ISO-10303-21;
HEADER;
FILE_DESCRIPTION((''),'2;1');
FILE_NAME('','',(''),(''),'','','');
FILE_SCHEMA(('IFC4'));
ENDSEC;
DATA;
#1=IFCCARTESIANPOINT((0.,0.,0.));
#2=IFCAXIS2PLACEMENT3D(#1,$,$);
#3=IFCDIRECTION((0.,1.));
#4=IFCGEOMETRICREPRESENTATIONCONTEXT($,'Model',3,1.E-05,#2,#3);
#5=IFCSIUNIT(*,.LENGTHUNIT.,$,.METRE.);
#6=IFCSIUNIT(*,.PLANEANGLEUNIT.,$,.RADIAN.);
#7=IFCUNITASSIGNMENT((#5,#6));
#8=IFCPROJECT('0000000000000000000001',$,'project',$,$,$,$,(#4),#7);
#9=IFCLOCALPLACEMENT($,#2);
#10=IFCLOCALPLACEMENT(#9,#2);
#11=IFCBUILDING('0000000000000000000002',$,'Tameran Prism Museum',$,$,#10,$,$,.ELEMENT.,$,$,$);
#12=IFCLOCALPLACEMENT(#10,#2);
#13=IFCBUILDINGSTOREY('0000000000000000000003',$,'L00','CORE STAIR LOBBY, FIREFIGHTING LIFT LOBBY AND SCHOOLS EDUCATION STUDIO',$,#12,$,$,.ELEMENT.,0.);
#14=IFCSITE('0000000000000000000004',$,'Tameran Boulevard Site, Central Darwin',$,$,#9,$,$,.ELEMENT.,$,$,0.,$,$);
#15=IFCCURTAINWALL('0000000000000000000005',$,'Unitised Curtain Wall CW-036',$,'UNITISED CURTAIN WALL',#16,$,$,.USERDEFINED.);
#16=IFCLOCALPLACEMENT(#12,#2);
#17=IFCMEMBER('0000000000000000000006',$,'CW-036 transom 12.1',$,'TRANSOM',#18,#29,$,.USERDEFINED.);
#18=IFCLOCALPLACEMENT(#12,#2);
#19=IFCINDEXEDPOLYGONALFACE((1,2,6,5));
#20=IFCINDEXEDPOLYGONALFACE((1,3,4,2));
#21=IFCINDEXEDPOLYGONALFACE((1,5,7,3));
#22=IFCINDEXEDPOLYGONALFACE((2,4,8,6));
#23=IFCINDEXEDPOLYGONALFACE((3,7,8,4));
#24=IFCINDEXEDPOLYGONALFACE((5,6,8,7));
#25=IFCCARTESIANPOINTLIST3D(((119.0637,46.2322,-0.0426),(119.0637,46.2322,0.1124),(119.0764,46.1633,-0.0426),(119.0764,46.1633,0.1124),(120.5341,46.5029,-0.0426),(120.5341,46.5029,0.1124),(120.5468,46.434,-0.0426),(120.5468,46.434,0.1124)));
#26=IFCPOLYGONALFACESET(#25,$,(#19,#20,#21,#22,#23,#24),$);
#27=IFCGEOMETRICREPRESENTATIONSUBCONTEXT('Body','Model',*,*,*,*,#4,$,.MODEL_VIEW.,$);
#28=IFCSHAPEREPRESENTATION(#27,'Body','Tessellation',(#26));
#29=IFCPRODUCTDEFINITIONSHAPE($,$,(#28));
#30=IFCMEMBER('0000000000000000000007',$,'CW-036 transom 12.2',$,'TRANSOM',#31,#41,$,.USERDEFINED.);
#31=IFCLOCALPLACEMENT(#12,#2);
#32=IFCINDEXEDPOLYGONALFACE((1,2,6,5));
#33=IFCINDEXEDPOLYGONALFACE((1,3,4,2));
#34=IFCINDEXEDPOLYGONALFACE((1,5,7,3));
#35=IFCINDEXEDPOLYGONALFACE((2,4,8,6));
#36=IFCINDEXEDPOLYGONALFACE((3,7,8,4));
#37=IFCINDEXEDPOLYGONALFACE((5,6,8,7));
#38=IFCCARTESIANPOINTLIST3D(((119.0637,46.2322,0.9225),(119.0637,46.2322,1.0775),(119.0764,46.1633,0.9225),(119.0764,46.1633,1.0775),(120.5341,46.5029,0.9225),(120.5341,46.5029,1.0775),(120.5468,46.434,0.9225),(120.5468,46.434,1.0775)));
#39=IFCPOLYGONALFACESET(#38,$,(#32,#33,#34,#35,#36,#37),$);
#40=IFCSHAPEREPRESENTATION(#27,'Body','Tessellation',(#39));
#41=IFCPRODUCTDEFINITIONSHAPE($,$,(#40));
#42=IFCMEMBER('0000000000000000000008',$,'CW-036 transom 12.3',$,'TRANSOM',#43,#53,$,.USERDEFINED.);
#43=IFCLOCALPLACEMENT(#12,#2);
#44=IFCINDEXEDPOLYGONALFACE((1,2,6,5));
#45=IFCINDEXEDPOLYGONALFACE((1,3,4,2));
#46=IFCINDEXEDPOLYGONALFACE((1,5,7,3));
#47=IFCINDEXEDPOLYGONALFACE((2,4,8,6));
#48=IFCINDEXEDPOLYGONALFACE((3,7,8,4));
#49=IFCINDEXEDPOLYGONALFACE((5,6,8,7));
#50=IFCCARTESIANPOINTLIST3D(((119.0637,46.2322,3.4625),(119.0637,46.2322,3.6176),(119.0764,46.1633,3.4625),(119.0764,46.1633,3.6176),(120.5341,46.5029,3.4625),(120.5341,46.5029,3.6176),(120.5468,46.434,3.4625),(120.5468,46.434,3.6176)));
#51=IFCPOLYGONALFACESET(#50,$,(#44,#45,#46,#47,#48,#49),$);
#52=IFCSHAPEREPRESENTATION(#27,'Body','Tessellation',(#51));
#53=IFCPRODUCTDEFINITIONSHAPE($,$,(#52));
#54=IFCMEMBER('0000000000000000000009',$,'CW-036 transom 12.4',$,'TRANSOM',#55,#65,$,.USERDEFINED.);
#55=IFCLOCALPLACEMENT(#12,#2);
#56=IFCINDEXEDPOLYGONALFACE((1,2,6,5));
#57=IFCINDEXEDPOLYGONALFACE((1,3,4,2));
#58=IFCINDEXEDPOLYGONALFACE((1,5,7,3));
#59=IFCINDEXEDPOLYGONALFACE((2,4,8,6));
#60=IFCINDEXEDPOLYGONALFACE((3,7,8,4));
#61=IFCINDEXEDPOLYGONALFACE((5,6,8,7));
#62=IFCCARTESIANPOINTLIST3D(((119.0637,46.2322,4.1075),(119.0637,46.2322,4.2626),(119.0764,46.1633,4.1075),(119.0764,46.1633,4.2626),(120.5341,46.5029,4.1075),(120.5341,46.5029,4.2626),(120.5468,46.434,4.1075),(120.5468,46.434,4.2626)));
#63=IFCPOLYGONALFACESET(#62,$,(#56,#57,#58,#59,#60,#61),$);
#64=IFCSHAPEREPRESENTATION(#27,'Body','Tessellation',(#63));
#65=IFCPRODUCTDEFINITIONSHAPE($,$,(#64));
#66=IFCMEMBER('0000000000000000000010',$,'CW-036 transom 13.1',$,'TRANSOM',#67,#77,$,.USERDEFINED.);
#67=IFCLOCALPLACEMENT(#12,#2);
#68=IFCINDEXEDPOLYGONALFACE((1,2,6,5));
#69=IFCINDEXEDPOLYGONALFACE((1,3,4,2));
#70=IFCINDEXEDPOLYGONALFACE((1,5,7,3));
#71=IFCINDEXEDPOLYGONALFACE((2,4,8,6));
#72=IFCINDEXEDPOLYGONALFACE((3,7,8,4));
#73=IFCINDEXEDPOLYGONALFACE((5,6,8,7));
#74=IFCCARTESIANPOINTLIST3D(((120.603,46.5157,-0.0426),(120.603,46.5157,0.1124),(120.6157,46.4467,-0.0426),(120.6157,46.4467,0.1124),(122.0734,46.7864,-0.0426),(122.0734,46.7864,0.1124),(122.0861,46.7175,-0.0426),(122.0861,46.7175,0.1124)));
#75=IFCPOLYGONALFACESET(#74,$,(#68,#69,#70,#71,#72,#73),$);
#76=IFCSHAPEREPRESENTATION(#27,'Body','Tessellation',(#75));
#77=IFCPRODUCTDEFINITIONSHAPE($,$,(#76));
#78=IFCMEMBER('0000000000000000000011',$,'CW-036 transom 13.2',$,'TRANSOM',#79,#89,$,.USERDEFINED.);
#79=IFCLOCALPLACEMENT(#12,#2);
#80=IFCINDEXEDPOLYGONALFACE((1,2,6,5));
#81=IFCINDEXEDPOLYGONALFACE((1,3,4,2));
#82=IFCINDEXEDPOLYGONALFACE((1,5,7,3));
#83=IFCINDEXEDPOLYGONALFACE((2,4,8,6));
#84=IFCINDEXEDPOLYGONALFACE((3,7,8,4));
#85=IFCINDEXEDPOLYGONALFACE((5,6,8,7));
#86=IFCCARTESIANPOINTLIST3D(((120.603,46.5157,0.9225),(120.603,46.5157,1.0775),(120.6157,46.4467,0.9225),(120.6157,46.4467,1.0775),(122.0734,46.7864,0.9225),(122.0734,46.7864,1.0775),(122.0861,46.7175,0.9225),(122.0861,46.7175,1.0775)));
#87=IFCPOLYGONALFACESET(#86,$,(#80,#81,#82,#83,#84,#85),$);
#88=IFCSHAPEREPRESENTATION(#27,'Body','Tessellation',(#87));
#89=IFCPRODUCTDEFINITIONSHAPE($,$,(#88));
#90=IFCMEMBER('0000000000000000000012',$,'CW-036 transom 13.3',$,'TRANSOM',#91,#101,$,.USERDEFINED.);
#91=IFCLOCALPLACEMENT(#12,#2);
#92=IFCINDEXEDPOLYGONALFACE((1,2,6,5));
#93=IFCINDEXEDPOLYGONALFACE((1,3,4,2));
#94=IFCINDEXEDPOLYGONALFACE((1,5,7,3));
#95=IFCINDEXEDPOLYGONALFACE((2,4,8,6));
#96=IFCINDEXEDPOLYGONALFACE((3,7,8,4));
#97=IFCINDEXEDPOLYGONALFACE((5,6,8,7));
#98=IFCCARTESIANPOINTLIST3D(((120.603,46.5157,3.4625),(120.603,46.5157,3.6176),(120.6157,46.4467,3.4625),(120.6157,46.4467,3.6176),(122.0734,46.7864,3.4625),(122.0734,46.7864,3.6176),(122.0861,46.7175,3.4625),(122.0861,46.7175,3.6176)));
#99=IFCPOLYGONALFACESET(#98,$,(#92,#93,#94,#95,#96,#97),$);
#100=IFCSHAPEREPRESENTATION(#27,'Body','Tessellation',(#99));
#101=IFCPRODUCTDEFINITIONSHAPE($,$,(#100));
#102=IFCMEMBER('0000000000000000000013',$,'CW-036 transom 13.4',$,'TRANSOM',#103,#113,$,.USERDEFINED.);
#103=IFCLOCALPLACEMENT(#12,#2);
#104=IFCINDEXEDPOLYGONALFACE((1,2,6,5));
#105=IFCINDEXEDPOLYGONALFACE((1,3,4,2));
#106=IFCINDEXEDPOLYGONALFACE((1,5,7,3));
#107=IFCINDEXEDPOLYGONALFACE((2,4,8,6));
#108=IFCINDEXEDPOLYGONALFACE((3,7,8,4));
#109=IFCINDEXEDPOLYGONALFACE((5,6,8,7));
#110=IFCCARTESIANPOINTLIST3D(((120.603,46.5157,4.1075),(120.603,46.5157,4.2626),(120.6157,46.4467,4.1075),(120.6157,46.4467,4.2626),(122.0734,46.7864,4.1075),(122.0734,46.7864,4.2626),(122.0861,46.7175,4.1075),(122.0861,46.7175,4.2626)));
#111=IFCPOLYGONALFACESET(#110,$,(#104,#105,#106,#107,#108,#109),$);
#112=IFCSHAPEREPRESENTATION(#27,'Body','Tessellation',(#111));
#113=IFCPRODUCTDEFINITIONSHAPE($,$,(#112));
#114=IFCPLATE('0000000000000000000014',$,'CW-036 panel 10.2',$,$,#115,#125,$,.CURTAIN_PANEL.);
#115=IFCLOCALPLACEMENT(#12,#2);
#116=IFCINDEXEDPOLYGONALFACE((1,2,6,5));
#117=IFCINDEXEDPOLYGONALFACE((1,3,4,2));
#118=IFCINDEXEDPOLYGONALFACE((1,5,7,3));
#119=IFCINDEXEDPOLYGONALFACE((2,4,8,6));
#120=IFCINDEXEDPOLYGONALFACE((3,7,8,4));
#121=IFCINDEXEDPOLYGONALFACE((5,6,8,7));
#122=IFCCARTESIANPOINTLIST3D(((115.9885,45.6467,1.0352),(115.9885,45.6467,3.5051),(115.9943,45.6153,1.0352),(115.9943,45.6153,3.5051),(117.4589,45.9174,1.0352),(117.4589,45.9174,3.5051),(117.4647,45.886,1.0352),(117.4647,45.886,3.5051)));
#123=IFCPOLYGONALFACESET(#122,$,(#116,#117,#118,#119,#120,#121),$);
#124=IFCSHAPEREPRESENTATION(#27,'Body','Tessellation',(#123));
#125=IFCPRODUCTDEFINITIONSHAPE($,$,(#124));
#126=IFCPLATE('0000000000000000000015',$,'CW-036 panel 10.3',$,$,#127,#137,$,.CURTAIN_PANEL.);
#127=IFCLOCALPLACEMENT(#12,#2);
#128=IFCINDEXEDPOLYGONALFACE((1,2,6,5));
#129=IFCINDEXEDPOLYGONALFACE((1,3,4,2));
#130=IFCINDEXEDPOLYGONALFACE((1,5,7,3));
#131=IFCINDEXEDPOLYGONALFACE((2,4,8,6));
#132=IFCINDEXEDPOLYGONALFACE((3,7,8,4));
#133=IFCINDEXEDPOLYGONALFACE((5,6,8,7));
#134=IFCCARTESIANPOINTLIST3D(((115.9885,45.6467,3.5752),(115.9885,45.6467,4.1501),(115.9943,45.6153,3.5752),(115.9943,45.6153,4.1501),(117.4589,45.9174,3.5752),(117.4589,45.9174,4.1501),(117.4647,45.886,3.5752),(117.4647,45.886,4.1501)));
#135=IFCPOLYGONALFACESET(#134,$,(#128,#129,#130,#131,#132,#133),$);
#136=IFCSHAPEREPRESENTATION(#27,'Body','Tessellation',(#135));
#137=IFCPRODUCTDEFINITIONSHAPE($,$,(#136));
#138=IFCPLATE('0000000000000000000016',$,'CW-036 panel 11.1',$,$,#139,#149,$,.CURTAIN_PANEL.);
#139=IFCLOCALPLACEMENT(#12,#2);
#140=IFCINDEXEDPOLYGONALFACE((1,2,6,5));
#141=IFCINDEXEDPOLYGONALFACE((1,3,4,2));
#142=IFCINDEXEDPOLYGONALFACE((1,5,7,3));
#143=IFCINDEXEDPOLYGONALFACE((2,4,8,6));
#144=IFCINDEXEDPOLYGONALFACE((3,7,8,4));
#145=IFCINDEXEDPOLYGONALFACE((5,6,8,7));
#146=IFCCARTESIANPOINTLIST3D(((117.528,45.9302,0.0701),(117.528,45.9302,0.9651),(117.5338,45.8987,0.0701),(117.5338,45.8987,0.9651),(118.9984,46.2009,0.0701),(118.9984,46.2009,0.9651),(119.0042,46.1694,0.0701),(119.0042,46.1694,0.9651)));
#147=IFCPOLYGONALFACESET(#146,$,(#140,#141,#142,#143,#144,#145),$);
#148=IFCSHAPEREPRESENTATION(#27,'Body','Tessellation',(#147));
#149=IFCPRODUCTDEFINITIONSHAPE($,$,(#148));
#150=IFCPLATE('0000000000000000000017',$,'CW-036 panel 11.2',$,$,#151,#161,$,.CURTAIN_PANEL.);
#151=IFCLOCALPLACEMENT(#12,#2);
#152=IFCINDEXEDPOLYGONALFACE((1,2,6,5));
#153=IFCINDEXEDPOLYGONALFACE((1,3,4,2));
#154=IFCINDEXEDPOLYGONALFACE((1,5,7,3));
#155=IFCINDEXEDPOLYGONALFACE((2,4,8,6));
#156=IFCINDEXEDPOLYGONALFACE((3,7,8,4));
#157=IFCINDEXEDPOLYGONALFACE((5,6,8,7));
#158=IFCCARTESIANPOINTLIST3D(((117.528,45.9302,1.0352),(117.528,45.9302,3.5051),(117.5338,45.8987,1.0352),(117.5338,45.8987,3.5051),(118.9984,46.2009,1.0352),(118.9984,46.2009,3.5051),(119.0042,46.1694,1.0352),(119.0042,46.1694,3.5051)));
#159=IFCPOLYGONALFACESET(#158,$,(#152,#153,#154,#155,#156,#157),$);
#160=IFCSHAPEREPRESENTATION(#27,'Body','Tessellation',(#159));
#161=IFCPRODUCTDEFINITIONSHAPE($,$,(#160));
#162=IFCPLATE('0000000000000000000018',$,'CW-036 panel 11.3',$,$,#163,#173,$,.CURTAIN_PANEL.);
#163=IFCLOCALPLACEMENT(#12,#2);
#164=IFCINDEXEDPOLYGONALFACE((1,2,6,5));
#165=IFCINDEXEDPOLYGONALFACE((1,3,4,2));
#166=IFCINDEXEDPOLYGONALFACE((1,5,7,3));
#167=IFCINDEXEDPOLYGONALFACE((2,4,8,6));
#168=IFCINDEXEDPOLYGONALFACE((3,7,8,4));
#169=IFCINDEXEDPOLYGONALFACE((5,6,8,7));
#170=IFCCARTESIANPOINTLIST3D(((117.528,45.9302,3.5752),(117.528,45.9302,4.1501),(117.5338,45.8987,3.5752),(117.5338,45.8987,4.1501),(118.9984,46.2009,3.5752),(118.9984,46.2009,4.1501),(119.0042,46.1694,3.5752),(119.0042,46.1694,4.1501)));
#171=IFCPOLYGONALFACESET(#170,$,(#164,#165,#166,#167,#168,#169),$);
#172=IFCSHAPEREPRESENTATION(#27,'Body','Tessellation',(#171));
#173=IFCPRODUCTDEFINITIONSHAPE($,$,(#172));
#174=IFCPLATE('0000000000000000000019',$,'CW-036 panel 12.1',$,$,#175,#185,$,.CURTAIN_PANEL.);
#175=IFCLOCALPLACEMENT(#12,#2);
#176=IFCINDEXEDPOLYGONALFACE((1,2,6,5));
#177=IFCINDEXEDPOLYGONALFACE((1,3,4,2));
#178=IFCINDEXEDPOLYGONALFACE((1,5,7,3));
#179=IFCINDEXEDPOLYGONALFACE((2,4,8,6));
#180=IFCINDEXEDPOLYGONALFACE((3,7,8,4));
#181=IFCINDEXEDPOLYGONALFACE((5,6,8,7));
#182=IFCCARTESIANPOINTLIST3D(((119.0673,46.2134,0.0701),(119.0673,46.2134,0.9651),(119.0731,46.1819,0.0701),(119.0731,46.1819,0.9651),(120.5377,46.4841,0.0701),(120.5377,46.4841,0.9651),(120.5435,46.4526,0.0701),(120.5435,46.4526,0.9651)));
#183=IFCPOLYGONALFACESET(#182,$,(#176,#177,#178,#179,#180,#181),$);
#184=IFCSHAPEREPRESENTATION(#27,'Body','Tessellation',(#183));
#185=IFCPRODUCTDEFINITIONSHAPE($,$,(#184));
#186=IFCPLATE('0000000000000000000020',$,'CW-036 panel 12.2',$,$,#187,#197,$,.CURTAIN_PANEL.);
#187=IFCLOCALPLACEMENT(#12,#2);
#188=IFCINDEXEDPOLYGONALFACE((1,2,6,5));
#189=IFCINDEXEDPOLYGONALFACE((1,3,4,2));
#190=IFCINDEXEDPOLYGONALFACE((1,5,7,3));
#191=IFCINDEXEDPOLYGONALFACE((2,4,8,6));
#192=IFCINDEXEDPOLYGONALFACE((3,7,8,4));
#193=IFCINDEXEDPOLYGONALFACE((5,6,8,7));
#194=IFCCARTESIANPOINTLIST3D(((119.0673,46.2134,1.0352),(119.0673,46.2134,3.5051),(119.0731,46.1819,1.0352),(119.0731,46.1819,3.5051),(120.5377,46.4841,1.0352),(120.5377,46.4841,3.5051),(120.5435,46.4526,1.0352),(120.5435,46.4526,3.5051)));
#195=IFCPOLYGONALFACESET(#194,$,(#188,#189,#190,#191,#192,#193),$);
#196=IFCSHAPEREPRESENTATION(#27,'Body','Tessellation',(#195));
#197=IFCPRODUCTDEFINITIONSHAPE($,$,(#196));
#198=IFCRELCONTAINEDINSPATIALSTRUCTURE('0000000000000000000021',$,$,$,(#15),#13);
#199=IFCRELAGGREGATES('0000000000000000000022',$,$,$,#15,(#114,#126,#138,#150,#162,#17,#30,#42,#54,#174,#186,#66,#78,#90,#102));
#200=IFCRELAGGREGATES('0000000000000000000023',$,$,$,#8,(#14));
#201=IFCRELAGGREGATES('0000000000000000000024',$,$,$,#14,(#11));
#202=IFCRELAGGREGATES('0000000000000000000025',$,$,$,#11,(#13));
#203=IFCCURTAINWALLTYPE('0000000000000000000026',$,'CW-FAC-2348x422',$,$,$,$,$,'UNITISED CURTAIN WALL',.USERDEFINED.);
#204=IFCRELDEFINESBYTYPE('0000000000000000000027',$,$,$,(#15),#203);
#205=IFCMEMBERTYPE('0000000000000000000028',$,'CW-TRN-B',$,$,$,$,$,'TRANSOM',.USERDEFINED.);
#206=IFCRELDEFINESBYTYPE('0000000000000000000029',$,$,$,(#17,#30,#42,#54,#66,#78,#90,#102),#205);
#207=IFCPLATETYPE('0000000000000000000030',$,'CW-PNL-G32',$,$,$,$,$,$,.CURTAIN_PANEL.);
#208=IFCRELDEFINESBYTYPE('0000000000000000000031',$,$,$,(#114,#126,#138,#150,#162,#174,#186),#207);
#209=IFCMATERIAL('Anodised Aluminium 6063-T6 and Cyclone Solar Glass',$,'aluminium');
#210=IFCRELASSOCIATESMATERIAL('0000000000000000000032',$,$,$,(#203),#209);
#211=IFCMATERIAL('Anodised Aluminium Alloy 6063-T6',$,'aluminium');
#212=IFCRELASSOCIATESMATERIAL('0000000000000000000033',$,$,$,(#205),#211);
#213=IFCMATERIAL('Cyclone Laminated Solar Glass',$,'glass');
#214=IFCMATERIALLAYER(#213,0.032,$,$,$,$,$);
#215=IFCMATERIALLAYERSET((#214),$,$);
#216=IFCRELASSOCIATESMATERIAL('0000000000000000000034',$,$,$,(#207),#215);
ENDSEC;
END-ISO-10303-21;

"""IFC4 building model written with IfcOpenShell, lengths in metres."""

from ifc_helpers import new_model, si_unit, direction, frame, origin, origin_2d, place, context, subcontext, project, spatial, rectangle, extrude, material, layer, layer_set, material_profile, profile_set, type_object, element, aggregate, save


model = new_model("IFC4")

# Units and contexts
model_context = context("Model", 3, precision=1e-05, world=origin(), true_north=direction((0.0, 1.0)))
body_context = subcontext(model_context, "Body", "Model", "MODEL_VIEW")
ifc_project = project(units=[si_unit("LENGTHUNIT", "METRE"), si_unit("PLANEANGLEUNIT", "RADIAN")], contexts=[model_context])

# Site, building, storey
site_placement = place(None, origin())
site = spatial("IfcSite", under=ifc_project, at=site_placement, Name="Tameran Boulevard Site, Central Darwin", CompositionType="ELEMENT", RefElevation=0.0)
building_placement = place(site_placement, origin())
building = spatial("IfcBuilding", under=site, at=building_placement, Name="Tameran Prism Museum", CompositionType="ELEMENT")
storey_placement = place(building_placement, origin())
storey = spatial("IfcBuildingStorey", under=building, at=storey_placement, Name="L00", Description="CORE STAIR LOBBY, FIREFIGHTING LIFT LOBBY AND SCHOOLS EDUCATION STUDIO", CompositionType="ELEMENT", Elevation=0.0)

# Curtain wall, members, plates
ifc_material_1 = material(Name="Anodised Aluminium 6063-T6 and Cyclone Solar Glass", Category="aluminium")
curtain_wall_type = type_object("IfcCurtainWallType", Name="CW-FAC-2348x422", ElementType="UNITISED CURTAIN WALL", PredefinedType="USERDEFINED", material=ifc_material_1)
curtain_wall_placement = place(storey_placement, origin())
curtain_wall = element("IfcCurtainWall", 1, at=curtain_wall_placement, inside=storey, type_object=curtain_wall_type, Name="Unitised Curtain Wall CW-036", ObjectType="UNITISED CURTAIN WALL", PredefinedType="USERDEFINED")
ifc_material_2 = material(Name="Anodised Aluminium Alloy 6063-T6", Category="aluminium")
ifc_material_profile_1 = material_profile(ifc_material_2, rectangle(XDim=0.0701, YDim=0.155, at=origin_2d()))
ifc_profile_set_1 = profile_set([ifc_material_profile_1])
member_type_1 = type_object("IfcMemberType", Name="CW-TRN-B", ElementType="TRANSOM", PredefinedType="USERDEFINED", material=ifc_profile_set_1)
member_1_placement = place(storey_placement, frame((119.0701, 46.1978, 0.0349), z_axis=(0.983468, 0.181083, 0.0), x_axis=(-0.181083, 0.983468, 0.0)))
member_1 = element("IfcMember", 2, at=member_1_placement, type_object=member_type_1, Name="CW-036 transom 12.1", ObjectType="TRANSOM", PredefinedType="USERDEFINED", context=body_context, shape_type="SweptSolid", body=[
    extrude(rectangle(XDim=0.0701, YDim=0.155, at=origin_2d()), origin(), (0.0, 0.0, 1.0), 1.4951),
])
member_2_placement = place(storey_placement, frame((119.0701, 46.1978, 1.0), z_axis=(0.983468, 0.181083, 0.0), x_axis=(-0.181083, 0.983468, 0.0)))
member_2 = element("IfcMember", 3, at=member_2_placement, type_object=member_type_1, Name="CW-036 transom 12.2", ObjectType="TRANSOM", PredefinedType="USERDEFINED", context=body_context, shape_type="SweptSolid", body=[
    extrude(rectangle(XDim=0.0701, YDim=0.155, at=origin_2d()), origin(), (0.0, 0.0, 1.0), 1.4951),
])
member_3_placement = place(storey_placement, frame((119.0701, 46.1978, 3.54), z_axis=(0.983468, 0.181083, 0.0), x_axis=(-0.181083, 0.983468, 0.0)))
member_3 = element("IfcMember", 4, at=member_3_placement, type_object=member_type_1, Name="CW-036 transom 12.3", ObjectType="TRANSOM", PredefinedType="USERDEFINED", context=body_context, shape_type="SweptSolid", body=[
    extrude(rectangle(XDim=0.0701, YDim=0.155, at=origin_2d()), origin(), (0.0, 0.0, 1.0), 1.4951),
])
member_4_placement = place(storey_placement, frame((119.0701, 46.1978, 4.1851), z_axis=(0.983468, 0.181083, 0.0), x_axis=(-0.181083, 0.983468, 0.0)))
member_4 = element("IfcMember", 5, at=member_4_placement, type_object=member_type_1, Name="CW-036 transom 12.4", ObjectType="TRANSOM", PredefinedType="USERDEFINED", context=body_context, shape_type="SweptSolid", body=[
    extrude(rectangle(XDim=0.0701, YDim=0.155, at=origin_2d()), origin(), (0.0, 0.0, 1.0), 1.4951),
])
member_5_placement = place(storey_placement, frame((120.6094, 46.4812, 0.0349), z_axis=(0.983468, 0.181083, 0.0), x_axis=(-0.181083, 0.983468, 0.0)))
member_5 = element("IfcMember", 6, at=member_5_placement, type_object=member_type_1, Name="CW-036 transom 13.1", ObjectType="TRANSOM", PredefinedType="USERDEFINED", context=body_context, shape_type="SweptSolid", body=[
    extrude(rectangle(XDim=0.0701, YDim=0.155, at=origin_2d()), origin(), (0.0, 0.0, 1.0), 1.4951),
])
member_6_placement = place(storey_placement, frame((120.6094, 46.4812, 1.0), z_axis=(0.983468, 0.181083, 0.0), x_axis=(-0.181083, 0.983468, 0.0)))
member_6 = element("IfcMember", 7, at=member_6_placement, type_object=member_type_1, Name="CW-036 transom 13.2", ObjectType="TRANSOM", PredefinedType="USERDEFINED", context=body_context, shape_type="SweptSolid", body=[
    extrude(rectangle(XDim=0.0701, YDim=0.155, at=origin_2d()), origin(), (0.0, 0.0, 1.0), 1.4951),
])
member_7_placement = place(storey_placement, frame((120.6094, 46.4812, 3.54), z_axis=(0.983468, 0.181083, 0.0), x_axis=(-0.181083, 0.983468, 0.0)))
member_7 = element("IfcMember", 8, at=member_7_placement, type_object=member_type_1, Name="CW-036 transom 13.3", ObjectType="TRANSOM", PredefinedType="USERDEFINED", context=body_context, shape_type="SweptSolid", body=[
    extrude(rectangle(XDim=0.0701, YDim=0.155, at=origin_2d()), origin(), (0.0, 0.0, 1.0), 1.4951),
])
member_8_placement = place(storey_placement, frame((120.6094, 46.4812, 4.1851), z_axis=(0.983468, 0.181083, 0.0), x_axis=(-0.181083, 0.983468, 0.0)))
member_8 = element("IfcMember", 9, at=member_8_placement, type_object=member_type_1, Name="CW-036 transom 13.4", ObjectType="TRANSOM", PredefinedType="USERDEFINED", context=body_context, shape_type="SweptSolid", body=[
    extrude(rectangle(XDim=0.0701, YDim=0.155, at=origin_2d()), origin(), (0.0, 0.0, 1.0), 1.4951),
])
ifc_material_3 = material(Name="Cyclone Laminated Solar Glass", Category="glass")
ifc_layer_1 = layer(ifc_material_3, 0.032)
ifc_layer_set_1 = layer_set([ifc_layer_1])
plate_type = type_object("IfcPlateType", Name="CW-PNL-G32", PredefinedType="CURTAIN_PANEL", material=ifc_layer_set_1)
plate_1_placement = place(storey_placement, frame((116.7266, 45.7664, 1.0352), z_axis=(0.0, 0.0, 1.0), x_axis=(0.983472, 0.181063, 0.0)))
plate_1 = element("IfcPlate", 10, at=plate_1_placement, type_object=plate_type, Name="CW-036 panel 10.2", PredefinedType="CURTAIN_PANEL", context=body_context, shape_type="SweptSolid", body=[
    extrude(rectangle(XDim=1.4951, YDim=0.032, at=origin_2d()), origin(), (0.0, 0.0, 1.0), 2.47),
])
plate_2_placement = place(storey_placement, frame((116.7266, 45.7664, 3.5752), z_axis=(0.0, 0.0, 1.0), x_axis=(0.983472, 0.181063, 0.0)))
plate_2 = element("IfcPlate", 11, at=plate_2_placement, type_object=plate_type, Name="CW-036 panel 10.3", PredefinedType="CURTAIN_PANEL", context=body_context, shape_type="SweptSolid", body=[
    extrude(rectangle(XDim=1.4951, YDim=0.032, at=origin_2d()), origin(), (0.0, 0.0, 1.0), 0.575),
])
plate_3_placement = place(storey_placement, frame((118.2661, 46.0498, 0.0701), z_axis=(0.0, 0.0, 1.0), x_axis=(0.983472, 0.181063, 0.0)))
plate_3 = element("IfcPlate", 12, at=plate_3_placement, type_object=plate_type, Name="CW-036 panel 11.1", PredefinedType="CURTAIN_PANEL", context=body_context, shape_type="SweptSolid", body=[
    extrude(rectangle(XDim=1.4951, YDim=0.032, at=origin_2d()), origin(), (0.0, 0.0, 1.0), 0.895),
])
plate_4_placement = place(storey_placement, frame((118.2661, 46.0498, 1.0352), z_axis=(0.0, 0.0, 1.0), x_axis=(0.983472, 0.181063, 0.0)))
plate_4 = element("IfcPlate", 13, at=plate_4_placement, type_object=plate_type, Name="CW-036 panel 11.2", PredefinedType="CURTAIN_PANEL", context=body_context, shape_type="SweptSolid", body=[
    extrude(rectangle(XDim=1.4951, YDim=0.032, at=origin_2d()), origin(), (0.0, 0.0, 1.0), 2.47),
])
plate_5_placement = place(storey_placement, frame((118.2661, 46.0498, 3.5752), z_axis=(0.0, 0.0, 1.0), x_axis=(0.983472, 0.181063, 0.0)))
plate_5 = element("IfcPlate", 14, at=plate_5_placement, type_object=plate_type, Name="CW-036 panel 11.3", PredefinedType="CURTAIN_PANEL", context=body_context, shape_type="SweptSolid", body=[
    extrude(rectangle(XDim=1.4951, YDim=0.032, at=origin_2d()), origin(), (0.0, 0.0, 1.0), 0.575),
])
plate_6_placement = place(storey_placement, frame((119.8054, 46.333, 0.0701), z_axis=(0.0, 0.0, 1.0), x_axis=(0.983472, 0.181063, 0.0)))
plate_6 = element("IfcPlate", 15, at=plate_6_placement, type_object=plate_type, Name="CW-036 panel 12.1", PredefinedType="CURTAIN_PANEL", context=body_context, shape_type="SweptSolid", body=[
    extrude(rectangle(XDim=1.4951, YDim=0.032, at=origin_2d()), origin(), (0.0, 0.0, 1.0), 0.895),
])
plate_7_placement = place(storey_placement, frame((119.8054, 46.333, 1.0352), z_axis=(0.0, 0.0, 1.0), x_axis=(0.983472, 0.181063, 0.0)))
plate_7 = element("IfcPlate", 16, at=plate_7_placement, type_object=plate_type, Name="CW-036 panel 12.2", PredefinedType="CURTAIN_PANEL", context=body_context, shape_type="SweptSolid", body=[
    extrude(rectangle(XDim=1.4951, YDim=0.032, at=origin_2d()), origin(), (0.0, 0.0, 1.0), 2.47),
])
aggregate(curtain_wall, [plate_1, plate_2, plate_3, plate_4, plate_5, member_1, member_2, member_3, member_4, plate_6, plate_7, member_5, member_6, member_7, member_8])

save(model, "model.ifc")
